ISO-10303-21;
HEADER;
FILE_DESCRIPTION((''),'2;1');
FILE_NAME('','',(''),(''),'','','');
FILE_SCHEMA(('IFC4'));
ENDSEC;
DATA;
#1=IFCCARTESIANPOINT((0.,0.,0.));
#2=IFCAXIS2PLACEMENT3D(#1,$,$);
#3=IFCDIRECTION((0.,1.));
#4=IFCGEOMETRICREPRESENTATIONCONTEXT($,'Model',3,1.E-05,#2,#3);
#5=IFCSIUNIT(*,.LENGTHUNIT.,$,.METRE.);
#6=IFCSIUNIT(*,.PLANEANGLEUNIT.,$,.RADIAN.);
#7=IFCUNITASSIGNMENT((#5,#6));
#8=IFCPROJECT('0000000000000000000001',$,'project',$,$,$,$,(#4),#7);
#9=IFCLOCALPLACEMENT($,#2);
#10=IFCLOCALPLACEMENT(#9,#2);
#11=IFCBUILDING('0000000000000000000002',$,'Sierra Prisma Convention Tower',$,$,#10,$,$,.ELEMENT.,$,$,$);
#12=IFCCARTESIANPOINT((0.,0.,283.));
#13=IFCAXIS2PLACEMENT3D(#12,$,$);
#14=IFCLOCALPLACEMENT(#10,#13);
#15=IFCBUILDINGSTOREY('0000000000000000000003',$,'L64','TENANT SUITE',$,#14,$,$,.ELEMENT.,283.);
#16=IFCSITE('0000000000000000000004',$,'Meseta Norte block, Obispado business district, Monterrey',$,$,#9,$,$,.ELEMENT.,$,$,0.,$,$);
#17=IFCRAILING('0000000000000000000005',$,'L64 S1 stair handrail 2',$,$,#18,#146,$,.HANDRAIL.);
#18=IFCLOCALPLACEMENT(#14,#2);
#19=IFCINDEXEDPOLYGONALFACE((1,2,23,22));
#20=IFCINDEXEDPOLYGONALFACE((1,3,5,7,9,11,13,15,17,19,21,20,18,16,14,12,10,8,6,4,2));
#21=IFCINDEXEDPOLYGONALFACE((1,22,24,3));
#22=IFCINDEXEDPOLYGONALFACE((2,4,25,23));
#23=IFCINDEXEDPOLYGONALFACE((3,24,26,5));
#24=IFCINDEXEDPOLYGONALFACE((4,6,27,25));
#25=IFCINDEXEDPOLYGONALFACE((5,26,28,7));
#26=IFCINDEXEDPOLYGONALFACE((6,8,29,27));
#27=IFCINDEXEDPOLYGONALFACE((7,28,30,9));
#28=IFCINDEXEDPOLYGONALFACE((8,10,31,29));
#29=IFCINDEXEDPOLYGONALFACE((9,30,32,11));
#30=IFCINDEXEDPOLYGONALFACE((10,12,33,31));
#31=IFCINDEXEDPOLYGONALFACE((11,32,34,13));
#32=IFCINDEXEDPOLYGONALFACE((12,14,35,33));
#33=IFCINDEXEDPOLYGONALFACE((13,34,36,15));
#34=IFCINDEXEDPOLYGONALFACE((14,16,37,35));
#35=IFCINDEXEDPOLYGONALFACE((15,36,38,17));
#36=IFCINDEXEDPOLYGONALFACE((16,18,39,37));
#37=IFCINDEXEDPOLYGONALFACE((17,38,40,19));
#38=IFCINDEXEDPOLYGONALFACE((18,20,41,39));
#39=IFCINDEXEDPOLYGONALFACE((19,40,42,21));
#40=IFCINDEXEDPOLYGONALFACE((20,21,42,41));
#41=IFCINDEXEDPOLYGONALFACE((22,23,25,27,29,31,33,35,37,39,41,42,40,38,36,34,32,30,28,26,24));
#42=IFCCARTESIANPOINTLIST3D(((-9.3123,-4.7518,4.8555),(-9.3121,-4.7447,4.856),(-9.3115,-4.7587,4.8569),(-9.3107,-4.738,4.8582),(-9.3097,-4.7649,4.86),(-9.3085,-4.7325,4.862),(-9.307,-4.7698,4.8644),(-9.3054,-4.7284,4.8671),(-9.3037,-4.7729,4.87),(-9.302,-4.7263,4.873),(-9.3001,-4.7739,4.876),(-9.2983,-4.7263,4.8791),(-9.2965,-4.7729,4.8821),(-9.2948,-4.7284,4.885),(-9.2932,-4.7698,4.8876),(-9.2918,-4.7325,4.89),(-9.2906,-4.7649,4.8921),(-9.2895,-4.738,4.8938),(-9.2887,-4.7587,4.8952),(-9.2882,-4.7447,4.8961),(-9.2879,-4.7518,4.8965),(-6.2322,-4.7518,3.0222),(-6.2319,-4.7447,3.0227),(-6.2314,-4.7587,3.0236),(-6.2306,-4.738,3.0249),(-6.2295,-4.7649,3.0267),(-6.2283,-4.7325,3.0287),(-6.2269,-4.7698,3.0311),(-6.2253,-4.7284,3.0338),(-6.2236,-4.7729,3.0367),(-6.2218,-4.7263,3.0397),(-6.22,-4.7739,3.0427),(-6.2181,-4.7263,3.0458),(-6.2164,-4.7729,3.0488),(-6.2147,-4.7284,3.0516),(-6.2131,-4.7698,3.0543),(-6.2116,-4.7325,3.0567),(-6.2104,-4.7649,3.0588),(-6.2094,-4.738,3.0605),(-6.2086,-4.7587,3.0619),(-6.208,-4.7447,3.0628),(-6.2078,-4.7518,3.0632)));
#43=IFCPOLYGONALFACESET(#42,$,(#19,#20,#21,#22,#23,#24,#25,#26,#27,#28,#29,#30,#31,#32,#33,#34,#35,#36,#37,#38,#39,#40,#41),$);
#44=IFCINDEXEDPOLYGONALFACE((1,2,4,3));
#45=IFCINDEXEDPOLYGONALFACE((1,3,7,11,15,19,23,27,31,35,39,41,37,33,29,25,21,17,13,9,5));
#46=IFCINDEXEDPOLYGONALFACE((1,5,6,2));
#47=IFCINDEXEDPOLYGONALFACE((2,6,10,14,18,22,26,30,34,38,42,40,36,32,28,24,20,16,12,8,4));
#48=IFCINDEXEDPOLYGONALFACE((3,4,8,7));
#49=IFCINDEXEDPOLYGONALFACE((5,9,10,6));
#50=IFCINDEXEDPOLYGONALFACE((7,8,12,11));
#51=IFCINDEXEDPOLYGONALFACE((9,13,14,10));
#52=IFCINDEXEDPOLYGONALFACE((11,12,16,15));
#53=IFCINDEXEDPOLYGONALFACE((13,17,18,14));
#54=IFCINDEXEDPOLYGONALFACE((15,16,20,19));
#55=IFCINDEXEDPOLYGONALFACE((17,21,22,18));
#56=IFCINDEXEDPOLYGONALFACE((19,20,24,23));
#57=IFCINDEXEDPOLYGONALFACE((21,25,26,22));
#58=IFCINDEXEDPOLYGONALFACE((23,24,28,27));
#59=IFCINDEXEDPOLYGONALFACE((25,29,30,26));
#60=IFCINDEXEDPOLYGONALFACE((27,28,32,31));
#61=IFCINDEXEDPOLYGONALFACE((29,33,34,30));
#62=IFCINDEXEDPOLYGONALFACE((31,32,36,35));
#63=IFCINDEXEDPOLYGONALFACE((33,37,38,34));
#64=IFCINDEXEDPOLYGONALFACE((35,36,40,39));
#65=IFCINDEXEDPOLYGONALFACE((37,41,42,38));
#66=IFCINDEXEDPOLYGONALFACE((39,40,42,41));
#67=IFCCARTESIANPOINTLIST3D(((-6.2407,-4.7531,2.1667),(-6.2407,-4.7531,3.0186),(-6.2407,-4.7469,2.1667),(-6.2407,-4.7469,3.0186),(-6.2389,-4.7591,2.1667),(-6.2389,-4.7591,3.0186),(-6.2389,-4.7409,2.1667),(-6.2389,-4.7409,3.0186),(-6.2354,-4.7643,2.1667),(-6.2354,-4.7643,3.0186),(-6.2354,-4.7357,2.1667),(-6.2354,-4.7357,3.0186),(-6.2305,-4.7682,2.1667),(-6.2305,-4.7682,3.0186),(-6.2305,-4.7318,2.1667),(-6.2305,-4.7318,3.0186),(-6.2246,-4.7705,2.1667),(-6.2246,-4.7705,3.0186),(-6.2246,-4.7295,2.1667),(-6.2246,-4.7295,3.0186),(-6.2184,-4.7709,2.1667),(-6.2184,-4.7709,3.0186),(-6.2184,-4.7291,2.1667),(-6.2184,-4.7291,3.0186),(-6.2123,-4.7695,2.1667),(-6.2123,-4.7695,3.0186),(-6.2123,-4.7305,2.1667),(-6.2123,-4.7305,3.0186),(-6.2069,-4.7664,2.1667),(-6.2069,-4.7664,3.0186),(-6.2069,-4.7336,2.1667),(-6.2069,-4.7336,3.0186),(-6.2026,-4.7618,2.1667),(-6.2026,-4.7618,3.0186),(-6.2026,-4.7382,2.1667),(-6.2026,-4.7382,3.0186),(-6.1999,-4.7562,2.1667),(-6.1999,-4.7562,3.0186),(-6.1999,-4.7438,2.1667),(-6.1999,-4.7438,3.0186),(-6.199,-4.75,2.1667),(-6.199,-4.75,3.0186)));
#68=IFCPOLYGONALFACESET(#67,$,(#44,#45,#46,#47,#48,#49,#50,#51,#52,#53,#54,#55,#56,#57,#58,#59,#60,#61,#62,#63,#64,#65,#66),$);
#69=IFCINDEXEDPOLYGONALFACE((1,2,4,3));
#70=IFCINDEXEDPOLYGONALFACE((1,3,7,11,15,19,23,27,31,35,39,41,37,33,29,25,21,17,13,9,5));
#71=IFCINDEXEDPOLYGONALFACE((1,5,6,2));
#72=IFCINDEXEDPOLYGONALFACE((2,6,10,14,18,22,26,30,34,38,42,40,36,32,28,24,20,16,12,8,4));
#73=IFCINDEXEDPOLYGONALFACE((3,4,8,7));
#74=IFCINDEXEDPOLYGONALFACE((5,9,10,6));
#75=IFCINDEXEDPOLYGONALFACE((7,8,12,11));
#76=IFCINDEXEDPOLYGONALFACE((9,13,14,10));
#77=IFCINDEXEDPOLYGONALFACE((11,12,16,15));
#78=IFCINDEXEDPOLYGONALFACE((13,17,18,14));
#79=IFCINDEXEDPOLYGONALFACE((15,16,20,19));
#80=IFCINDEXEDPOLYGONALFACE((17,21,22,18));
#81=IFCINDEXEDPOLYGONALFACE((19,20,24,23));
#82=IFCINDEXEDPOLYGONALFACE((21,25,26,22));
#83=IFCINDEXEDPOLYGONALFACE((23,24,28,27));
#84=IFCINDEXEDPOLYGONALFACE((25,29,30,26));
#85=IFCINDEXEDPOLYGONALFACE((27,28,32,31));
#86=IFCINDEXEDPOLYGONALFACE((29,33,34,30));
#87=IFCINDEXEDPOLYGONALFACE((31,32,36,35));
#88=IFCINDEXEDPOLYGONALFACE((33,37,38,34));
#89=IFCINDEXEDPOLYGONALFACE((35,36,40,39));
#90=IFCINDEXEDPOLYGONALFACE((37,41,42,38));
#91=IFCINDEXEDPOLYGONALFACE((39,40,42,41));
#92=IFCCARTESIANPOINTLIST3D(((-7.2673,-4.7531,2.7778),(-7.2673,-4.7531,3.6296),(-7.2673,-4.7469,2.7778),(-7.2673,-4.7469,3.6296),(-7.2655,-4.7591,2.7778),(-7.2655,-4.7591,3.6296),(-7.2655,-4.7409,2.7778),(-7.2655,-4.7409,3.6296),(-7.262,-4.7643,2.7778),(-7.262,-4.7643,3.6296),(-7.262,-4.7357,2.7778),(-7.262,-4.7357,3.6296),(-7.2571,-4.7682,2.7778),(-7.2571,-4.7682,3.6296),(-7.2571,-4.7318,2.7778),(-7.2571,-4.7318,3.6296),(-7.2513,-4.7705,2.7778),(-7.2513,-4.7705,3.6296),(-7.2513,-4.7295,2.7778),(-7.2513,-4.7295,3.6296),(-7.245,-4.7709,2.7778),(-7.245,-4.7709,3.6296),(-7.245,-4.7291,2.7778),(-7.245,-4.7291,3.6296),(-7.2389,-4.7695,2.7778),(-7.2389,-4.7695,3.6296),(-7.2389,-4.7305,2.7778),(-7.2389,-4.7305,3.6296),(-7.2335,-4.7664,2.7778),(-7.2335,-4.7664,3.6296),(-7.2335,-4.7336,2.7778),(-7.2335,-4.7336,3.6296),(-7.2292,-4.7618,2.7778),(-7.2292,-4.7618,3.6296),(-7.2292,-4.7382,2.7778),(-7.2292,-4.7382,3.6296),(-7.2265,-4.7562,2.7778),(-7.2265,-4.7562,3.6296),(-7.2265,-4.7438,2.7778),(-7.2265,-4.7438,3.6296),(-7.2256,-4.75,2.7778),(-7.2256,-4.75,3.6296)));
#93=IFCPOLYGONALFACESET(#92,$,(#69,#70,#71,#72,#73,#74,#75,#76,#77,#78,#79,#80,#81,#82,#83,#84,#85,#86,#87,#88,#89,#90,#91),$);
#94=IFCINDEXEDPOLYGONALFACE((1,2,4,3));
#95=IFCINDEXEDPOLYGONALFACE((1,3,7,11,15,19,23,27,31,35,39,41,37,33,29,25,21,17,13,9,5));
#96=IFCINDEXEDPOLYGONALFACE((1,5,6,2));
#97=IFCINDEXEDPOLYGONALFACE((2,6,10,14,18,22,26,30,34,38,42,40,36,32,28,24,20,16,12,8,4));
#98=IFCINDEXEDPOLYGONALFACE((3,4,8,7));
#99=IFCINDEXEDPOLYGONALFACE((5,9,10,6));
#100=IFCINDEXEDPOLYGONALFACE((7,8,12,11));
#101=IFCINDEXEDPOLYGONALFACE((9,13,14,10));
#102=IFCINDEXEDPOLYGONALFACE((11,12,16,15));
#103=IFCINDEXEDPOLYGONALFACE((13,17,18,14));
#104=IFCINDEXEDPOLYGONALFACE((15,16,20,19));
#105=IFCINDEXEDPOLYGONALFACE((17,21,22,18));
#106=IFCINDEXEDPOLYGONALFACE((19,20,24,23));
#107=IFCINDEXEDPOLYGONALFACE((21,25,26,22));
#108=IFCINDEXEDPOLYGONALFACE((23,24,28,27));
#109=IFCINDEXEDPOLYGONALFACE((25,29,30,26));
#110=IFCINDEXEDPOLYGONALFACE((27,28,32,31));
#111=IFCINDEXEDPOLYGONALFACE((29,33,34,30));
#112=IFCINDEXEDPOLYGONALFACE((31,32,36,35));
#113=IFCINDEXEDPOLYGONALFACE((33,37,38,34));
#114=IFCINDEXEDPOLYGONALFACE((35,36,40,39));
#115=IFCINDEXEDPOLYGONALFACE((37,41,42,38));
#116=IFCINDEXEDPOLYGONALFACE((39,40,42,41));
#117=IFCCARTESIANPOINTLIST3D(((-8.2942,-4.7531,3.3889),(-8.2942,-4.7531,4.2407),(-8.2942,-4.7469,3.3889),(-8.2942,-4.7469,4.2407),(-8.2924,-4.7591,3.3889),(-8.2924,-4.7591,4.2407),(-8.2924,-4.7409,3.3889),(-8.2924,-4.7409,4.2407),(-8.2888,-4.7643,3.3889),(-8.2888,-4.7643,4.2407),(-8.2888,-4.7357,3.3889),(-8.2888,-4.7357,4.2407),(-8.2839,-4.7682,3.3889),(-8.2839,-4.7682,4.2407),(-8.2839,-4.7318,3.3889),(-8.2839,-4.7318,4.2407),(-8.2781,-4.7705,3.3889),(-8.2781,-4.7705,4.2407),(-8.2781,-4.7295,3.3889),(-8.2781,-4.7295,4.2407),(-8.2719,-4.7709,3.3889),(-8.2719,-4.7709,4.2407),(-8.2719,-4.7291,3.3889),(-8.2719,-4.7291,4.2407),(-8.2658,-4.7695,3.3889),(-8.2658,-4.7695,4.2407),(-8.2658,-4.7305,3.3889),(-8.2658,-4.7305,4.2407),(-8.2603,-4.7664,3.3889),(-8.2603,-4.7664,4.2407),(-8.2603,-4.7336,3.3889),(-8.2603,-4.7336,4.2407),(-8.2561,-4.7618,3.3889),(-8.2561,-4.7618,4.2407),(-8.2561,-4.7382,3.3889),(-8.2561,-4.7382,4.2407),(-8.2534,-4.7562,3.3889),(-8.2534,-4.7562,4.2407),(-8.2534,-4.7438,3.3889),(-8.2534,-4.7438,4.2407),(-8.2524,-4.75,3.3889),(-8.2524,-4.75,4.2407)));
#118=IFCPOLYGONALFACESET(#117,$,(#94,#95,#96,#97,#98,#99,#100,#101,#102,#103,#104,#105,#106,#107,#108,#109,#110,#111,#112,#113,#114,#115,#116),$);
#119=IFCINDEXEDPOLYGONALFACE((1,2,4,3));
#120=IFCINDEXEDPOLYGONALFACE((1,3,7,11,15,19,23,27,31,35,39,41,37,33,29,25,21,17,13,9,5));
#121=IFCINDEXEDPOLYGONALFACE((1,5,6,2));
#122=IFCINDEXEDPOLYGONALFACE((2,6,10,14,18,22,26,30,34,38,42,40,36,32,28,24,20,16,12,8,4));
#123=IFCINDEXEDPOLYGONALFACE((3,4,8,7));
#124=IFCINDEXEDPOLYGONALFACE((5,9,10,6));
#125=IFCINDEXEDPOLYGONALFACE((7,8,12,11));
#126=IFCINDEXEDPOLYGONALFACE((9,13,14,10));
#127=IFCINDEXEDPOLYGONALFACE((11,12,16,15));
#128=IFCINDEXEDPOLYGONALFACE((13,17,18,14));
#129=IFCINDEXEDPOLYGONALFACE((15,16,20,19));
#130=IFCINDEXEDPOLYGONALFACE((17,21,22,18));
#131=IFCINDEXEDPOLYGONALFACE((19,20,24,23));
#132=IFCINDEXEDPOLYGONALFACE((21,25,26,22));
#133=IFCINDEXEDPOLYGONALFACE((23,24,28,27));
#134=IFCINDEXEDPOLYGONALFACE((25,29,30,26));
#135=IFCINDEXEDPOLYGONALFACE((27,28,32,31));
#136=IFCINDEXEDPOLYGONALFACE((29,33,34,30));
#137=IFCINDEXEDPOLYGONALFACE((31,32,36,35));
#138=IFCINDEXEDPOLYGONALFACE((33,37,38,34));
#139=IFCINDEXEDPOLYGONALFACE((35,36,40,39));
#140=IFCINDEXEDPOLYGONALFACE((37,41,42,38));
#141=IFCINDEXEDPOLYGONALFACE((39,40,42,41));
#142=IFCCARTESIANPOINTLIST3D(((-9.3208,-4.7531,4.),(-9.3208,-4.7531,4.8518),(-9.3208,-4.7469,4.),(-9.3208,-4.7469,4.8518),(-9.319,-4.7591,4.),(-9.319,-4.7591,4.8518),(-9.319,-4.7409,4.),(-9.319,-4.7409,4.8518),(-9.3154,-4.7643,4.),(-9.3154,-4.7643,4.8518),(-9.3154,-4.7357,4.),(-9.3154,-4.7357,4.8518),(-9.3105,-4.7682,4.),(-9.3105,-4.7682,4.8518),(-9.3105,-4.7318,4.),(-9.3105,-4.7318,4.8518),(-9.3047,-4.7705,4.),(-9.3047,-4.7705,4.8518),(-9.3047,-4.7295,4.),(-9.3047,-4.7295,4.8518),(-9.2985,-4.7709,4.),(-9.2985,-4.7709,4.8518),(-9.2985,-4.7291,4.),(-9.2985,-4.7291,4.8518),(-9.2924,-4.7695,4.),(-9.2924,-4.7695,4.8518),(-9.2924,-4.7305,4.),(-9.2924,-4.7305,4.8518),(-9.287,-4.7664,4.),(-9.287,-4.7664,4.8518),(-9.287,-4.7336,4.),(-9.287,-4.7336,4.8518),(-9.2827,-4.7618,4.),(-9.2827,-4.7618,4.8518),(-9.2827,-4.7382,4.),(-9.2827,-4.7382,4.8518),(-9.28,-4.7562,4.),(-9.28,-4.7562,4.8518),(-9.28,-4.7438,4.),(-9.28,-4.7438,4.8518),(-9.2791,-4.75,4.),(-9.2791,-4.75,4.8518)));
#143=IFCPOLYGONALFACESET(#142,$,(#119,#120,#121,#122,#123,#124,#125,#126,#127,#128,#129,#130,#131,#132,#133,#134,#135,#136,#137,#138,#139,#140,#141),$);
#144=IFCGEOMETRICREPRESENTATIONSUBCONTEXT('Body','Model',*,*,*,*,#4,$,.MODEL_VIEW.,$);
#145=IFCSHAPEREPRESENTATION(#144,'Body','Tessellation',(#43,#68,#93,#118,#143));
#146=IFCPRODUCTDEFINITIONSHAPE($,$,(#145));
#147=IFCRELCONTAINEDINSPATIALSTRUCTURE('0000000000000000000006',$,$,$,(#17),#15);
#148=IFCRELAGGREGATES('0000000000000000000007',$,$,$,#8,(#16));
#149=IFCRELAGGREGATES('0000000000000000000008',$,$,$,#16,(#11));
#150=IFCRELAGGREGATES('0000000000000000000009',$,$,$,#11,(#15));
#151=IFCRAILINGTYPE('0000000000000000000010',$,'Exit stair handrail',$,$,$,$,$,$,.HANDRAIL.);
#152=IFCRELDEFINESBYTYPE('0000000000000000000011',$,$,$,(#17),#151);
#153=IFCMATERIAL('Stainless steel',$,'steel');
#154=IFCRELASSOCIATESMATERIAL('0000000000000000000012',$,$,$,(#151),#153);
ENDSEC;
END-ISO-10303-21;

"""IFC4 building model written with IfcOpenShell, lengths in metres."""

from ifc_helpers import new_model, si_unit, direction, frame, origin, origin_2d, place, context, subcontext, project, spatial, circle, extrude, material, type_object, element, save


model = new_model("IFC4")

# Units and contexts
model_context = context("Model", 3, precision=1e-05, world=origin(), true_north=direction((0.0, 1.0)))
body_context = subcontext(model_context, "Body", "Model", "MODEL_VIEW")
ifc_project = project(units=[si_unit("LENGTHUNIT", "METRE"), si_unit("PLANEANGLEUNIT", "RADIAN")], contexts=[model_context])

# Site, building, storey
site_placement = place(None, origin())
site = spatial("IfcSite", under=ifc_project, at=site_placement, Name="Meseta Norte block, Obispado business district, Monterrey", CompositionType="ELEMENT", RefElevation=0.0)
building_placement = place(site_placement, origin())
building = spatial("IfcBuilding", under=site, at=building_placement, Name="Sierra Prisma Convention Tower", CompositionType="ELEMENT")
storey_placement = place(building_placement, frame((0.0, 0.0, 283.0)))
storey = spatial("IfcBuildingStorey", under=building, at=storey_placement, Name="L64", Description="TENANT SUITE", CompositionType="ELEMENT", Elevation=283.0)

# Railing
ifc_material_1 = material(Name="Stainless steel", Category="steel")
railing_type_1 = type_object("IfcRailingType", Name="Exit stair handrail", PredefinedType="HANDRAIL", material=ifc_material_1)
railing_1_placement = place(storey_placement, frame((-6.22, -4.75, 2.1667)))
element("IfcRailing", 1, at=railing_1_placement, inside=storey, type_object=railing_type_1, Name="L64 S1 stair handrail 2", PredefinedType="HANDRAIL", context=body_context, shape_type="SweptSolid", body=[
    extrude(circle(Radius=0.0239, at=origin_2d()), frame((0.0, 0.0, 0.876), z_axis=(-0.859309, 0.0, 0.511458), x_axis=(0.0, -1.0, 0.0)), (0.0, 0.0, 1.0), 3.5845),
    extrude(circle(Radius=0.021, at=origin_2d()), origin(), (0.0, 0.0, 1.0), 0.8518),
    extrude(circle(Radius=0.021, at=origin_2d()), frame((-1.0266, 0.0, 0.6111)), (0.0, 0.0, 1.0), 0.8518),
    extrude(circle(Radius=0.021, at=origin_2d()), frame((-2.0535, 0.0, 1.2222)), (0.0, 0.0, 1.0), 0.8518),
    extrude(circle(Radius=0.021, at=origin_2d()), frame((-3.0801, 0.0, 1.8333)), (0.0, 0.0, 1.0), 0.8518),
])

save(model, "model.ifc")
